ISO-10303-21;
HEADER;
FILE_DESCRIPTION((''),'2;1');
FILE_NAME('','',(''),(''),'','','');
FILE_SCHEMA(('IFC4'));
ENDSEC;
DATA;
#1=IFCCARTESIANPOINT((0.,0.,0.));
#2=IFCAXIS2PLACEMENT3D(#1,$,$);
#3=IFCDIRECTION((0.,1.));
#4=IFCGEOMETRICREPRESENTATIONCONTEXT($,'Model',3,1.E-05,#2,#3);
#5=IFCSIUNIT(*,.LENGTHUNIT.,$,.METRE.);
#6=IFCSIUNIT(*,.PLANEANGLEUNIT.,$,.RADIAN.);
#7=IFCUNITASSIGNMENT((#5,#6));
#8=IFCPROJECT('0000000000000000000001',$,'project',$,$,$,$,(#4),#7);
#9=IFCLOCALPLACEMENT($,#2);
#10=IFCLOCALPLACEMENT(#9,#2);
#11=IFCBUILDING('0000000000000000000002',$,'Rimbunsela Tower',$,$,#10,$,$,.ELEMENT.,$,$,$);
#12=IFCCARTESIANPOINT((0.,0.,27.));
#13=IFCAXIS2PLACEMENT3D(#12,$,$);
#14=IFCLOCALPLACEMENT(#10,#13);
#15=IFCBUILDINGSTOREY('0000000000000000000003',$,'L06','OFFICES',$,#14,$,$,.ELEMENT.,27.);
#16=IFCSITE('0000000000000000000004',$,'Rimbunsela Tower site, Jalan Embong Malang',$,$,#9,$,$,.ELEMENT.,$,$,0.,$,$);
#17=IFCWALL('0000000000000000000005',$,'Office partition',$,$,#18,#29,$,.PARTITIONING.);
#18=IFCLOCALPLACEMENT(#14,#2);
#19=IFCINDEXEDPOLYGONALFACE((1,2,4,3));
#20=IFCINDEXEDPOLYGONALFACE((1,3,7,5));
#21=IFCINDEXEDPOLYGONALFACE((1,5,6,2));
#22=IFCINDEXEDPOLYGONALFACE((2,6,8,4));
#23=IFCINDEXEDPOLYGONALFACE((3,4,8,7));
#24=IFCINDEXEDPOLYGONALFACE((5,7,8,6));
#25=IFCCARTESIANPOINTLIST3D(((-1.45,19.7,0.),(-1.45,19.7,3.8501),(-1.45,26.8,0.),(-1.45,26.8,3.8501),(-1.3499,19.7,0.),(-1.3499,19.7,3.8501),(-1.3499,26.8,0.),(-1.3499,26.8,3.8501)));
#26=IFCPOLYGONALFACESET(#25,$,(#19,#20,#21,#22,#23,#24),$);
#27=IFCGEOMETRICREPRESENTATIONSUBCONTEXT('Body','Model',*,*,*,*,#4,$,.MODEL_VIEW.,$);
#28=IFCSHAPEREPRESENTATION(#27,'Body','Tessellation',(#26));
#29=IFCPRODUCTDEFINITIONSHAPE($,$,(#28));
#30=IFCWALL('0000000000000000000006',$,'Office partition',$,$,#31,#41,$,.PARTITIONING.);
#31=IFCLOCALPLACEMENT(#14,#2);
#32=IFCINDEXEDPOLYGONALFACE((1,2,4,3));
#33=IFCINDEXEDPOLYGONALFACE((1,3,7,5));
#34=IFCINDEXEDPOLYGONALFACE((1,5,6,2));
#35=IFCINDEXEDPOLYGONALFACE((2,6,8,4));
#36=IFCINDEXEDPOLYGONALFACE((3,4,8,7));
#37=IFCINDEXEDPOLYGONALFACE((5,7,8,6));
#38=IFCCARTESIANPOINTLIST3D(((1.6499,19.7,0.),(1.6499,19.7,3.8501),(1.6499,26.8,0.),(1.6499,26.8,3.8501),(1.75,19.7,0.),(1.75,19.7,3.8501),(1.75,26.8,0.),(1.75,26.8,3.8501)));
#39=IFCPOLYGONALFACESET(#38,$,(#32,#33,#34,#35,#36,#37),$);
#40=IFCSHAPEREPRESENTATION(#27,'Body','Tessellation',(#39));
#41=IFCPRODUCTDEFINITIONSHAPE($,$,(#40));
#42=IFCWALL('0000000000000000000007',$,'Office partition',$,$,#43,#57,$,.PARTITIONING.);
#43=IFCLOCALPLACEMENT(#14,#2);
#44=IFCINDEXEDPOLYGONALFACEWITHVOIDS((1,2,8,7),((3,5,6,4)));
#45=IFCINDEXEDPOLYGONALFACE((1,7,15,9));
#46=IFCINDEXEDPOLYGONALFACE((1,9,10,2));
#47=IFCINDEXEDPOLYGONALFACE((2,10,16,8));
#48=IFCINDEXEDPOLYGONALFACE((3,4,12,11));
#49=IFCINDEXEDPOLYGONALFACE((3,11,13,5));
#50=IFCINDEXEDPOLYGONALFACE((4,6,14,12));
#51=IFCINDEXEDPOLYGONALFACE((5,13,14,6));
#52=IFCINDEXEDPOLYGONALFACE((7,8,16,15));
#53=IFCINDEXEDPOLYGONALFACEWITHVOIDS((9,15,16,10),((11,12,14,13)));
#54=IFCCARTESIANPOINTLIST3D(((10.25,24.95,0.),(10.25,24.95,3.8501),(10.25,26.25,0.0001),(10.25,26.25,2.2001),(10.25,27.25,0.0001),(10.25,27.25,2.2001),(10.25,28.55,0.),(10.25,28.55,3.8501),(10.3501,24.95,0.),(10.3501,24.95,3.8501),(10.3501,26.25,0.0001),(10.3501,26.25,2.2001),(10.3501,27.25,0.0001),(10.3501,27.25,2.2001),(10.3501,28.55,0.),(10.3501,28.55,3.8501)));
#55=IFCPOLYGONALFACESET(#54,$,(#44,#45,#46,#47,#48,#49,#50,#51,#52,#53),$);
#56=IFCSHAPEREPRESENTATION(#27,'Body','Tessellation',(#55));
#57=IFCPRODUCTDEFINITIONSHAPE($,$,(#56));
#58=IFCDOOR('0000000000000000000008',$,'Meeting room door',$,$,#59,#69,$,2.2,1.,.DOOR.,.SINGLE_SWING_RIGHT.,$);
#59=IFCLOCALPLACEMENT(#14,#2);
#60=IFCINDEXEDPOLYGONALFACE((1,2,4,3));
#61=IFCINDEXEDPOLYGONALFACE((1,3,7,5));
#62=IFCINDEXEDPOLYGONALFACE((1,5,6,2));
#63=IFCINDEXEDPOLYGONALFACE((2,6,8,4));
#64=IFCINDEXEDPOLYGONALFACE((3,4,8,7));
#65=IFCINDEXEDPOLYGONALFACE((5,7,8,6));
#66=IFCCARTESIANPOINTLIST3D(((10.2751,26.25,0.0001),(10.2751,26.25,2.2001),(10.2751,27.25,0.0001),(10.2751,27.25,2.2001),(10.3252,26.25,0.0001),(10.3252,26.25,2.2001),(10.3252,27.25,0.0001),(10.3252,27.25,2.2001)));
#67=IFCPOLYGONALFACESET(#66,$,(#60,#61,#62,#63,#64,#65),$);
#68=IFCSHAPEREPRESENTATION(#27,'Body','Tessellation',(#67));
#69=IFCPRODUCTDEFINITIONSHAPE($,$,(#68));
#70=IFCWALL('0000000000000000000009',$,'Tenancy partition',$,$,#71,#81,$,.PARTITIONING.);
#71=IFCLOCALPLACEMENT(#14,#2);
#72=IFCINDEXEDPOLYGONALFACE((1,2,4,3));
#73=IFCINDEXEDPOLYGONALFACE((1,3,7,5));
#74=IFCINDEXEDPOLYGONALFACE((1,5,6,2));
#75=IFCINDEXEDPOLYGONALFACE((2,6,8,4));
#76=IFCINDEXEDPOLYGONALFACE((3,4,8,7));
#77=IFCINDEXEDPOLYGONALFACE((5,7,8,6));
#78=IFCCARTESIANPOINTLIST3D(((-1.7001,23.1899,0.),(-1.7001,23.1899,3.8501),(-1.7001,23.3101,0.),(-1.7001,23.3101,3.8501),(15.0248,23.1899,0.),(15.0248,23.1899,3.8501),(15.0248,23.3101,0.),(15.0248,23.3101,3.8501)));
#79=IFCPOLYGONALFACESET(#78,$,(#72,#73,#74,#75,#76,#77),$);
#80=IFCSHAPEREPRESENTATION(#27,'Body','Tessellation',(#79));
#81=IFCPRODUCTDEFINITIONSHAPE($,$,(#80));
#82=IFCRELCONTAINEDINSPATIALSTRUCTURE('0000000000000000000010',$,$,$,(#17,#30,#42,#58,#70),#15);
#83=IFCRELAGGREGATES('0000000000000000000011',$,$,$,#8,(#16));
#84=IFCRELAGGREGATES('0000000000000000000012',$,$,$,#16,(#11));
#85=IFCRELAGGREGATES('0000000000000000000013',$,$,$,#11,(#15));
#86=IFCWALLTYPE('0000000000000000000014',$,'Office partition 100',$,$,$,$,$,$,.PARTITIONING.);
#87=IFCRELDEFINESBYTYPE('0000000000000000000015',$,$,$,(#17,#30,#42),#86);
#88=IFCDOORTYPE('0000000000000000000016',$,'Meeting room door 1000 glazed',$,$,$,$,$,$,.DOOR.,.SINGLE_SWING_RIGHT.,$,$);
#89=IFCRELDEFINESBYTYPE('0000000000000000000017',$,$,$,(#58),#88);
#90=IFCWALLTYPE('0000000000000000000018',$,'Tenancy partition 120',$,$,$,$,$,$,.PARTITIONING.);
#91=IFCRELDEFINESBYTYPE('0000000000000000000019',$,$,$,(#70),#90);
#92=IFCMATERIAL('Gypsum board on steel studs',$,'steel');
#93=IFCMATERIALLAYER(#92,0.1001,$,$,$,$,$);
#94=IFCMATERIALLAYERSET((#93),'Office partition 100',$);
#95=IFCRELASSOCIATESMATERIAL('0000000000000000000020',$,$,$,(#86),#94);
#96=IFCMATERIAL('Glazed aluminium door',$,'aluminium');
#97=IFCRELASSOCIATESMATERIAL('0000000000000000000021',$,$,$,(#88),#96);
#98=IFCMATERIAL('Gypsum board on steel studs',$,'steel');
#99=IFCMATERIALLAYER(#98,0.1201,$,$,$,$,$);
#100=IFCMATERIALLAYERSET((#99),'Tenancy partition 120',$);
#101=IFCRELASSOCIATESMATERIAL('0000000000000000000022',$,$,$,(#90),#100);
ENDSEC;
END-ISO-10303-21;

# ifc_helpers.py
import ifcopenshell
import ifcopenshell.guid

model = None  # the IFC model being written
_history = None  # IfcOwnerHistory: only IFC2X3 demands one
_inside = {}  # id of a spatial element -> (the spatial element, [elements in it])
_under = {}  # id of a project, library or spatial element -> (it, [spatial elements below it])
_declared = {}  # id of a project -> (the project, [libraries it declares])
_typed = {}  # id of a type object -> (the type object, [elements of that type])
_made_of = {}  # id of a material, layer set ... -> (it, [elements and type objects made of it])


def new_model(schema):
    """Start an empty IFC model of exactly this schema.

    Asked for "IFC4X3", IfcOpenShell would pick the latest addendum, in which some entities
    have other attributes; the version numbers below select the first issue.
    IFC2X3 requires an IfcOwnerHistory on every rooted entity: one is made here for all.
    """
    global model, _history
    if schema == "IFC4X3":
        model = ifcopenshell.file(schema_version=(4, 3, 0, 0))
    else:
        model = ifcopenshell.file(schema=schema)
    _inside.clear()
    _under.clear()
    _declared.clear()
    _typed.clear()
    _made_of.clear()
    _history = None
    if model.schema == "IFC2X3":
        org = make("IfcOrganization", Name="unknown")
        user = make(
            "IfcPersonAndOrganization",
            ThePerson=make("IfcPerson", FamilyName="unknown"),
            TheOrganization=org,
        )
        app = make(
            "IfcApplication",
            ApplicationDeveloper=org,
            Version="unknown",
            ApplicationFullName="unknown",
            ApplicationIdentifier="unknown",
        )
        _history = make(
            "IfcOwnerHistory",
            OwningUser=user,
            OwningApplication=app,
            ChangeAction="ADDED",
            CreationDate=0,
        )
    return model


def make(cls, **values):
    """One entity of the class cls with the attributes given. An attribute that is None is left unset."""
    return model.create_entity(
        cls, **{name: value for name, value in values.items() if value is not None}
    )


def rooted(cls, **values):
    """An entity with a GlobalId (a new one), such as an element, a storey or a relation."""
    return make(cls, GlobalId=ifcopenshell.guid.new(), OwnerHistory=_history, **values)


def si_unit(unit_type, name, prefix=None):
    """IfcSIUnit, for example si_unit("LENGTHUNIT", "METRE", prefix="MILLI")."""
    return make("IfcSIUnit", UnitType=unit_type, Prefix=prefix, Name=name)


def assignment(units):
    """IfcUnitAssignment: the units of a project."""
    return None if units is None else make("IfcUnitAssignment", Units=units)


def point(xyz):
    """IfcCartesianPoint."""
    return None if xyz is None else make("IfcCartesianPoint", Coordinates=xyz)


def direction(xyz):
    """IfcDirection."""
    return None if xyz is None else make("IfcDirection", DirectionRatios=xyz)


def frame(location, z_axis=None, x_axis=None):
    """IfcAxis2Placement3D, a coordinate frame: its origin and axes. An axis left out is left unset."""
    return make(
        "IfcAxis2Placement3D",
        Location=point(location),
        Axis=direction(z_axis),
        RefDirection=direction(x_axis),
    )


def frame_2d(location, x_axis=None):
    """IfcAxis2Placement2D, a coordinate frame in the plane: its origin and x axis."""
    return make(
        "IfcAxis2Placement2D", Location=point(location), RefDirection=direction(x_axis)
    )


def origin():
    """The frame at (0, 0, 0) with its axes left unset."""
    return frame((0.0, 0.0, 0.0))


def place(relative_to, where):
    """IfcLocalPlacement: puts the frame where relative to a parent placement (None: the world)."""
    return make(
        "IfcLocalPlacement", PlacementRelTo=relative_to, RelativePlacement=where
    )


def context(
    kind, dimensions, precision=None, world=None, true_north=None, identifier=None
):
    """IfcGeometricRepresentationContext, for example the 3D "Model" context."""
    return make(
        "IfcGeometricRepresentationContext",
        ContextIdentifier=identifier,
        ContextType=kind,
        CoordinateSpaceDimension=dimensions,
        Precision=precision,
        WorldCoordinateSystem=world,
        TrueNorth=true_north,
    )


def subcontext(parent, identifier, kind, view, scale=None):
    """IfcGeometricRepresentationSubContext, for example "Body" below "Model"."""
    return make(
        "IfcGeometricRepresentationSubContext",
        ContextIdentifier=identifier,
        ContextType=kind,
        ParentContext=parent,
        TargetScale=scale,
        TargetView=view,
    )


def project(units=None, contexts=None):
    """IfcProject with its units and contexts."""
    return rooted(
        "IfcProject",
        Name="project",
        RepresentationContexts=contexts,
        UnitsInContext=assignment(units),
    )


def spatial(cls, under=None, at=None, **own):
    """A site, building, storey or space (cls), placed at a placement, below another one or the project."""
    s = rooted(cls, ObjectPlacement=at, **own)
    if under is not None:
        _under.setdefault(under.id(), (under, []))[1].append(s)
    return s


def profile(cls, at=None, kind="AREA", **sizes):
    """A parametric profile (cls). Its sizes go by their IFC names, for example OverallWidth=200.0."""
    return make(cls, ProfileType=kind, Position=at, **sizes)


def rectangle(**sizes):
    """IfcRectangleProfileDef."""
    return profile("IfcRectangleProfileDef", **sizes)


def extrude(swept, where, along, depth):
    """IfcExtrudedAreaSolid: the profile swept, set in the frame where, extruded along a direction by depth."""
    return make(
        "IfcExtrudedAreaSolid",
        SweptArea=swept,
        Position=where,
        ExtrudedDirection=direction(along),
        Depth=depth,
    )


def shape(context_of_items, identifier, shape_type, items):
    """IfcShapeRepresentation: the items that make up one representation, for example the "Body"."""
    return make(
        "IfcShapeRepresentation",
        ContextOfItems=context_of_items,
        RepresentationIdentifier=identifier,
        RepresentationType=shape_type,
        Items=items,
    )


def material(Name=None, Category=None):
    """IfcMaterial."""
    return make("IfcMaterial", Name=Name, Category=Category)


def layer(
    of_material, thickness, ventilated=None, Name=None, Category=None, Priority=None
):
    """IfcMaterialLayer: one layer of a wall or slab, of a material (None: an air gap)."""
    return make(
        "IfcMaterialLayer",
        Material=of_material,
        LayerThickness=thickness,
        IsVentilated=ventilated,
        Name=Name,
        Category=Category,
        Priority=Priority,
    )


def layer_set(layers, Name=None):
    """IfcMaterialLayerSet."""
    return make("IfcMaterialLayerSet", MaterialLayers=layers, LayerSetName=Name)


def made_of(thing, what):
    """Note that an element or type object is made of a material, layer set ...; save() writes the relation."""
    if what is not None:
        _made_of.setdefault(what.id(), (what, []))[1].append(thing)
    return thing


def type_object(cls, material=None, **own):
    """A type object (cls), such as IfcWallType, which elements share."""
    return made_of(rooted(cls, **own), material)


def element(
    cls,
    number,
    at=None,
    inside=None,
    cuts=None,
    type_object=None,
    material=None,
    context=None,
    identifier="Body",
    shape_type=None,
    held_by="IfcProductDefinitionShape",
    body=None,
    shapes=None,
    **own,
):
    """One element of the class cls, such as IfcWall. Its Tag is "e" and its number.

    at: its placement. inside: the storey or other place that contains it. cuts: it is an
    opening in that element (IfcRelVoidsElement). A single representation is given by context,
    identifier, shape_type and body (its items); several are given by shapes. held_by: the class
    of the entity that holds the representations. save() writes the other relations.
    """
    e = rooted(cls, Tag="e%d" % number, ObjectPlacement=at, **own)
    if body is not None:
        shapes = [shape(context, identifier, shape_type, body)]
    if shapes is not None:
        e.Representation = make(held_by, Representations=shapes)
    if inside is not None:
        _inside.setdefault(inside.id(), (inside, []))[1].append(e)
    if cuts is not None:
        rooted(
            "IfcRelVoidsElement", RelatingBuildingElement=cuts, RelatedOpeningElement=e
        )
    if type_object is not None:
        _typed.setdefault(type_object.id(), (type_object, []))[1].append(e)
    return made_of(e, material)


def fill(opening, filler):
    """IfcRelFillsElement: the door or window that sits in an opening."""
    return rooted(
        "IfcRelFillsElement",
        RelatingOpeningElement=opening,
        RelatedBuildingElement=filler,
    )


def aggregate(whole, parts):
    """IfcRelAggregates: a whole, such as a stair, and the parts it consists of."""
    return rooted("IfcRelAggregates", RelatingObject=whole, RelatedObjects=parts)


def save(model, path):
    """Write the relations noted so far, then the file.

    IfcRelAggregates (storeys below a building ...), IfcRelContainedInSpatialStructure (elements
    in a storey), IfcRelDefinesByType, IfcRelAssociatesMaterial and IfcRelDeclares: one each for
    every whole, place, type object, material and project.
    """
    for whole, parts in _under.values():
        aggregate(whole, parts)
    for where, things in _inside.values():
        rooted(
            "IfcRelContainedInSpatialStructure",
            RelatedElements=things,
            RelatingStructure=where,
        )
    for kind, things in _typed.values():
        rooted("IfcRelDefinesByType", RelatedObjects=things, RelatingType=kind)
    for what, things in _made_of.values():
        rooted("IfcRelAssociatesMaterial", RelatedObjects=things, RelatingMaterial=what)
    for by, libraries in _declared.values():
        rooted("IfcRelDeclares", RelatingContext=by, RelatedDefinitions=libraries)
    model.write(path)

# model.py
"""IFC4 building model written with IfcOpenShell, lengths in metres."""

from ifc_helpers import new_model, si_unit, direction, frame, frame_2d, origin, place, context, subcontext, project, spatial, rectangle, extrude, material, layer, layer_set, type_object, element, fill, save


model = new_model("IFC4")

# Units and contexts
model_context = context("Model", 3, precision=1e-05, world=origin(), true_north=direction((0.0, 1.0)))
body_context = subcontext(model_context, "Body", "Model", "MODEL_VIEW")
ifc_project = project(units=[si_unit("LENGTHUNIT", "METRE"), si_unit("PLANEANGLEUNIT", "RADIAN")], contexts=[model_context])

# Site, building, storey
site_placement = place(None, origin())
site = spatial("IfcSite", under=ifc_project, at=site_placement, Name="Rimbunsela Tower site, Jalan Embong Malang", CompositionType="ELEMENT", RefElevation=0.0)
building_placement = place(site_placement, origin())
building = spatial("IfcBuilding", under=site, at=building_placement, Name="Rimbunsela Tower", CompositionType="ELEMENT")
storey_placement = place(building_placement, frame((0.0, 0.0, 27.0)))
storey = spatial("IfcBuildingStorey", under=building, at=storey_placement, Name="L06", Description="OFFICES", CompositionType="ELEMENT", Elevation=27.0)

# Shared definitions
ifc_material_1 = material(Name="Gypsum board on steel studs", Category="steel")
ifc_layer_1 = layer(ifc_material_1, 0.1001)
ifc_layer_set_1 = layer_set([ifc_layer_1], Name="Office partition 100")
wall_type_1 = type_object("IfcWallType", Name="Office partition 100", PredefinedType="PARTITIONING", material=ifc_layer_set_1)

# Walls
for number, where, z_axis, x_axis, name in (
    (1, (-1.3999, 19.7, 0.0), (0.0, 0.0, 1.0), (0.0, 1.0, 0.0), "Office partition"),
    (2, (1.7, 19.7, 0.0), (0.0, 0.0, 1.0), (0.0, 1.0, 0.0), "Office partition"),
):
    element("IfcWall", number, at=place(storey_placement, frame(where, z_axis=z_axis, x_axis=x_axis)), inside=storey, type_object=wall_type_1, Name=name, PredefinedType="PARTITIONING", context=body_context, shape_type="SweptSolid", body=[
        extrude(rectangle(XDim=7.1001, YDim=0.1001, at=frame_2d((3.55, 0.0))), origin(), (0.0, 0.0, 1.0), 3.8501),
    ])

# Wall, opening, door
wall_1_placement = place(storey_placement, frame((10.3, 24.95, 0.0), z_axis=(0.0, 0.0, 1.0), x_axis=(0.0, 1.0, 0.0)))
wall_1 = element("IfcWall", 3, at=wall_1_placement, inside=storey, type_object=wall_type_1, Name="Office partition", PredefinedType="PARTITIONING", context=body_context, shape_type="SweptSolid", body=[
    extrude(rectangle(XDim=3.6001, YDim=0.1001, at=frame_2d((1.8, 0.0))), origin(), (0.0, 0.0, 1.0), 3.8501),
])
opening_1_placement = place(wall_1_placement, frame((1.3, 0.0, 0.0)))
opening_1 = element("IfcOpeningElement", 4, at=opening_1_placement, cuts=wall_1, PredefinedType="OPENING", context=body_context, shape_type="SweptSolid", body=[
    extrude(rectangle(XDim=1.0, YDim=2.2, at=frame_2d((0.5, 1.1001))), frame((0.0, 0.0601, 0.0), z_axis=(0.0, -1.0, 0.0), x_axis=(1.0, 0.0, 0.0)), (0.0, 0.0, 1.0), 0.1201),
])
ifc_material_2 = material(Name="Glazed aluminium door", Category="aluminium")
door_type_1 = type_object("IfcDoorType", Name="Meeting room door 1000 glazed", OperationType="SINGLE_SWING_RIGHT", PredefinedType="DOOR", material=ifc_material_2)
door_1_placement = place(opening_1_placement, origin())
door_1 = element("IfcDoor", 5, at=door_1_placement, inside=storey, type_object=door_type_1, Name="Meeting room door", OperationType="SINGLE_SWING_RIGHT", OverallHeight=2.2, OverallWidth=1.0, PredefinedType="DOOR", context=body_context, shape_type="SweptSolid", body=[
    extrude(rectangle(XDim=1.0, YDim=2.2, at=frame_2d((0.5, 1.1001))), frame((0.0, 0.0249, 0.0), z_axis=(0.0, -1.0, 0.0), x_axis=(1.0, 0.0, 0.0)), (0.0, 0.0, 1.0), 0.05),
])
fill(opening_1, door_1)

# Wall
ifc_material_3 = material(Name="Gypsum board on steel studs", Category="steel")
ifc_layer_2 = layer(ifc_material_3, 0.1201)
ifc_layer_set_2 = layer_set([ifc_layer_2], Name="Tenancy partition 120")
wall_type_2 = type_object("IfcWallType", Name="Tenancy partition 120", PredefinedType="PARTITIONING", material=ifc_layer_set_2)
wall_2_placement = place(storey_placement, frame((-1.7, 23.25, 0.0), z_axis=(0.0, 0.0, 1.0), x_axis=(1.0, 0.0, 0.0)))
element("IfcWall", 6, at=wall_2_placement, inside=storey, type_object=wall_type_2, Name="Tenancy partition", PredefinedType="PARTITIONING", context=body_context, shape_type="SweptSolid", body=[
    extrude(rectangle(XDim=16.7249, YDim=0.1201, at=frame_2d((8.3623, 0.0))), origin(), (0.0, 0.0, 1.0), 3.8501),
])

save(model, "model.ifc")
